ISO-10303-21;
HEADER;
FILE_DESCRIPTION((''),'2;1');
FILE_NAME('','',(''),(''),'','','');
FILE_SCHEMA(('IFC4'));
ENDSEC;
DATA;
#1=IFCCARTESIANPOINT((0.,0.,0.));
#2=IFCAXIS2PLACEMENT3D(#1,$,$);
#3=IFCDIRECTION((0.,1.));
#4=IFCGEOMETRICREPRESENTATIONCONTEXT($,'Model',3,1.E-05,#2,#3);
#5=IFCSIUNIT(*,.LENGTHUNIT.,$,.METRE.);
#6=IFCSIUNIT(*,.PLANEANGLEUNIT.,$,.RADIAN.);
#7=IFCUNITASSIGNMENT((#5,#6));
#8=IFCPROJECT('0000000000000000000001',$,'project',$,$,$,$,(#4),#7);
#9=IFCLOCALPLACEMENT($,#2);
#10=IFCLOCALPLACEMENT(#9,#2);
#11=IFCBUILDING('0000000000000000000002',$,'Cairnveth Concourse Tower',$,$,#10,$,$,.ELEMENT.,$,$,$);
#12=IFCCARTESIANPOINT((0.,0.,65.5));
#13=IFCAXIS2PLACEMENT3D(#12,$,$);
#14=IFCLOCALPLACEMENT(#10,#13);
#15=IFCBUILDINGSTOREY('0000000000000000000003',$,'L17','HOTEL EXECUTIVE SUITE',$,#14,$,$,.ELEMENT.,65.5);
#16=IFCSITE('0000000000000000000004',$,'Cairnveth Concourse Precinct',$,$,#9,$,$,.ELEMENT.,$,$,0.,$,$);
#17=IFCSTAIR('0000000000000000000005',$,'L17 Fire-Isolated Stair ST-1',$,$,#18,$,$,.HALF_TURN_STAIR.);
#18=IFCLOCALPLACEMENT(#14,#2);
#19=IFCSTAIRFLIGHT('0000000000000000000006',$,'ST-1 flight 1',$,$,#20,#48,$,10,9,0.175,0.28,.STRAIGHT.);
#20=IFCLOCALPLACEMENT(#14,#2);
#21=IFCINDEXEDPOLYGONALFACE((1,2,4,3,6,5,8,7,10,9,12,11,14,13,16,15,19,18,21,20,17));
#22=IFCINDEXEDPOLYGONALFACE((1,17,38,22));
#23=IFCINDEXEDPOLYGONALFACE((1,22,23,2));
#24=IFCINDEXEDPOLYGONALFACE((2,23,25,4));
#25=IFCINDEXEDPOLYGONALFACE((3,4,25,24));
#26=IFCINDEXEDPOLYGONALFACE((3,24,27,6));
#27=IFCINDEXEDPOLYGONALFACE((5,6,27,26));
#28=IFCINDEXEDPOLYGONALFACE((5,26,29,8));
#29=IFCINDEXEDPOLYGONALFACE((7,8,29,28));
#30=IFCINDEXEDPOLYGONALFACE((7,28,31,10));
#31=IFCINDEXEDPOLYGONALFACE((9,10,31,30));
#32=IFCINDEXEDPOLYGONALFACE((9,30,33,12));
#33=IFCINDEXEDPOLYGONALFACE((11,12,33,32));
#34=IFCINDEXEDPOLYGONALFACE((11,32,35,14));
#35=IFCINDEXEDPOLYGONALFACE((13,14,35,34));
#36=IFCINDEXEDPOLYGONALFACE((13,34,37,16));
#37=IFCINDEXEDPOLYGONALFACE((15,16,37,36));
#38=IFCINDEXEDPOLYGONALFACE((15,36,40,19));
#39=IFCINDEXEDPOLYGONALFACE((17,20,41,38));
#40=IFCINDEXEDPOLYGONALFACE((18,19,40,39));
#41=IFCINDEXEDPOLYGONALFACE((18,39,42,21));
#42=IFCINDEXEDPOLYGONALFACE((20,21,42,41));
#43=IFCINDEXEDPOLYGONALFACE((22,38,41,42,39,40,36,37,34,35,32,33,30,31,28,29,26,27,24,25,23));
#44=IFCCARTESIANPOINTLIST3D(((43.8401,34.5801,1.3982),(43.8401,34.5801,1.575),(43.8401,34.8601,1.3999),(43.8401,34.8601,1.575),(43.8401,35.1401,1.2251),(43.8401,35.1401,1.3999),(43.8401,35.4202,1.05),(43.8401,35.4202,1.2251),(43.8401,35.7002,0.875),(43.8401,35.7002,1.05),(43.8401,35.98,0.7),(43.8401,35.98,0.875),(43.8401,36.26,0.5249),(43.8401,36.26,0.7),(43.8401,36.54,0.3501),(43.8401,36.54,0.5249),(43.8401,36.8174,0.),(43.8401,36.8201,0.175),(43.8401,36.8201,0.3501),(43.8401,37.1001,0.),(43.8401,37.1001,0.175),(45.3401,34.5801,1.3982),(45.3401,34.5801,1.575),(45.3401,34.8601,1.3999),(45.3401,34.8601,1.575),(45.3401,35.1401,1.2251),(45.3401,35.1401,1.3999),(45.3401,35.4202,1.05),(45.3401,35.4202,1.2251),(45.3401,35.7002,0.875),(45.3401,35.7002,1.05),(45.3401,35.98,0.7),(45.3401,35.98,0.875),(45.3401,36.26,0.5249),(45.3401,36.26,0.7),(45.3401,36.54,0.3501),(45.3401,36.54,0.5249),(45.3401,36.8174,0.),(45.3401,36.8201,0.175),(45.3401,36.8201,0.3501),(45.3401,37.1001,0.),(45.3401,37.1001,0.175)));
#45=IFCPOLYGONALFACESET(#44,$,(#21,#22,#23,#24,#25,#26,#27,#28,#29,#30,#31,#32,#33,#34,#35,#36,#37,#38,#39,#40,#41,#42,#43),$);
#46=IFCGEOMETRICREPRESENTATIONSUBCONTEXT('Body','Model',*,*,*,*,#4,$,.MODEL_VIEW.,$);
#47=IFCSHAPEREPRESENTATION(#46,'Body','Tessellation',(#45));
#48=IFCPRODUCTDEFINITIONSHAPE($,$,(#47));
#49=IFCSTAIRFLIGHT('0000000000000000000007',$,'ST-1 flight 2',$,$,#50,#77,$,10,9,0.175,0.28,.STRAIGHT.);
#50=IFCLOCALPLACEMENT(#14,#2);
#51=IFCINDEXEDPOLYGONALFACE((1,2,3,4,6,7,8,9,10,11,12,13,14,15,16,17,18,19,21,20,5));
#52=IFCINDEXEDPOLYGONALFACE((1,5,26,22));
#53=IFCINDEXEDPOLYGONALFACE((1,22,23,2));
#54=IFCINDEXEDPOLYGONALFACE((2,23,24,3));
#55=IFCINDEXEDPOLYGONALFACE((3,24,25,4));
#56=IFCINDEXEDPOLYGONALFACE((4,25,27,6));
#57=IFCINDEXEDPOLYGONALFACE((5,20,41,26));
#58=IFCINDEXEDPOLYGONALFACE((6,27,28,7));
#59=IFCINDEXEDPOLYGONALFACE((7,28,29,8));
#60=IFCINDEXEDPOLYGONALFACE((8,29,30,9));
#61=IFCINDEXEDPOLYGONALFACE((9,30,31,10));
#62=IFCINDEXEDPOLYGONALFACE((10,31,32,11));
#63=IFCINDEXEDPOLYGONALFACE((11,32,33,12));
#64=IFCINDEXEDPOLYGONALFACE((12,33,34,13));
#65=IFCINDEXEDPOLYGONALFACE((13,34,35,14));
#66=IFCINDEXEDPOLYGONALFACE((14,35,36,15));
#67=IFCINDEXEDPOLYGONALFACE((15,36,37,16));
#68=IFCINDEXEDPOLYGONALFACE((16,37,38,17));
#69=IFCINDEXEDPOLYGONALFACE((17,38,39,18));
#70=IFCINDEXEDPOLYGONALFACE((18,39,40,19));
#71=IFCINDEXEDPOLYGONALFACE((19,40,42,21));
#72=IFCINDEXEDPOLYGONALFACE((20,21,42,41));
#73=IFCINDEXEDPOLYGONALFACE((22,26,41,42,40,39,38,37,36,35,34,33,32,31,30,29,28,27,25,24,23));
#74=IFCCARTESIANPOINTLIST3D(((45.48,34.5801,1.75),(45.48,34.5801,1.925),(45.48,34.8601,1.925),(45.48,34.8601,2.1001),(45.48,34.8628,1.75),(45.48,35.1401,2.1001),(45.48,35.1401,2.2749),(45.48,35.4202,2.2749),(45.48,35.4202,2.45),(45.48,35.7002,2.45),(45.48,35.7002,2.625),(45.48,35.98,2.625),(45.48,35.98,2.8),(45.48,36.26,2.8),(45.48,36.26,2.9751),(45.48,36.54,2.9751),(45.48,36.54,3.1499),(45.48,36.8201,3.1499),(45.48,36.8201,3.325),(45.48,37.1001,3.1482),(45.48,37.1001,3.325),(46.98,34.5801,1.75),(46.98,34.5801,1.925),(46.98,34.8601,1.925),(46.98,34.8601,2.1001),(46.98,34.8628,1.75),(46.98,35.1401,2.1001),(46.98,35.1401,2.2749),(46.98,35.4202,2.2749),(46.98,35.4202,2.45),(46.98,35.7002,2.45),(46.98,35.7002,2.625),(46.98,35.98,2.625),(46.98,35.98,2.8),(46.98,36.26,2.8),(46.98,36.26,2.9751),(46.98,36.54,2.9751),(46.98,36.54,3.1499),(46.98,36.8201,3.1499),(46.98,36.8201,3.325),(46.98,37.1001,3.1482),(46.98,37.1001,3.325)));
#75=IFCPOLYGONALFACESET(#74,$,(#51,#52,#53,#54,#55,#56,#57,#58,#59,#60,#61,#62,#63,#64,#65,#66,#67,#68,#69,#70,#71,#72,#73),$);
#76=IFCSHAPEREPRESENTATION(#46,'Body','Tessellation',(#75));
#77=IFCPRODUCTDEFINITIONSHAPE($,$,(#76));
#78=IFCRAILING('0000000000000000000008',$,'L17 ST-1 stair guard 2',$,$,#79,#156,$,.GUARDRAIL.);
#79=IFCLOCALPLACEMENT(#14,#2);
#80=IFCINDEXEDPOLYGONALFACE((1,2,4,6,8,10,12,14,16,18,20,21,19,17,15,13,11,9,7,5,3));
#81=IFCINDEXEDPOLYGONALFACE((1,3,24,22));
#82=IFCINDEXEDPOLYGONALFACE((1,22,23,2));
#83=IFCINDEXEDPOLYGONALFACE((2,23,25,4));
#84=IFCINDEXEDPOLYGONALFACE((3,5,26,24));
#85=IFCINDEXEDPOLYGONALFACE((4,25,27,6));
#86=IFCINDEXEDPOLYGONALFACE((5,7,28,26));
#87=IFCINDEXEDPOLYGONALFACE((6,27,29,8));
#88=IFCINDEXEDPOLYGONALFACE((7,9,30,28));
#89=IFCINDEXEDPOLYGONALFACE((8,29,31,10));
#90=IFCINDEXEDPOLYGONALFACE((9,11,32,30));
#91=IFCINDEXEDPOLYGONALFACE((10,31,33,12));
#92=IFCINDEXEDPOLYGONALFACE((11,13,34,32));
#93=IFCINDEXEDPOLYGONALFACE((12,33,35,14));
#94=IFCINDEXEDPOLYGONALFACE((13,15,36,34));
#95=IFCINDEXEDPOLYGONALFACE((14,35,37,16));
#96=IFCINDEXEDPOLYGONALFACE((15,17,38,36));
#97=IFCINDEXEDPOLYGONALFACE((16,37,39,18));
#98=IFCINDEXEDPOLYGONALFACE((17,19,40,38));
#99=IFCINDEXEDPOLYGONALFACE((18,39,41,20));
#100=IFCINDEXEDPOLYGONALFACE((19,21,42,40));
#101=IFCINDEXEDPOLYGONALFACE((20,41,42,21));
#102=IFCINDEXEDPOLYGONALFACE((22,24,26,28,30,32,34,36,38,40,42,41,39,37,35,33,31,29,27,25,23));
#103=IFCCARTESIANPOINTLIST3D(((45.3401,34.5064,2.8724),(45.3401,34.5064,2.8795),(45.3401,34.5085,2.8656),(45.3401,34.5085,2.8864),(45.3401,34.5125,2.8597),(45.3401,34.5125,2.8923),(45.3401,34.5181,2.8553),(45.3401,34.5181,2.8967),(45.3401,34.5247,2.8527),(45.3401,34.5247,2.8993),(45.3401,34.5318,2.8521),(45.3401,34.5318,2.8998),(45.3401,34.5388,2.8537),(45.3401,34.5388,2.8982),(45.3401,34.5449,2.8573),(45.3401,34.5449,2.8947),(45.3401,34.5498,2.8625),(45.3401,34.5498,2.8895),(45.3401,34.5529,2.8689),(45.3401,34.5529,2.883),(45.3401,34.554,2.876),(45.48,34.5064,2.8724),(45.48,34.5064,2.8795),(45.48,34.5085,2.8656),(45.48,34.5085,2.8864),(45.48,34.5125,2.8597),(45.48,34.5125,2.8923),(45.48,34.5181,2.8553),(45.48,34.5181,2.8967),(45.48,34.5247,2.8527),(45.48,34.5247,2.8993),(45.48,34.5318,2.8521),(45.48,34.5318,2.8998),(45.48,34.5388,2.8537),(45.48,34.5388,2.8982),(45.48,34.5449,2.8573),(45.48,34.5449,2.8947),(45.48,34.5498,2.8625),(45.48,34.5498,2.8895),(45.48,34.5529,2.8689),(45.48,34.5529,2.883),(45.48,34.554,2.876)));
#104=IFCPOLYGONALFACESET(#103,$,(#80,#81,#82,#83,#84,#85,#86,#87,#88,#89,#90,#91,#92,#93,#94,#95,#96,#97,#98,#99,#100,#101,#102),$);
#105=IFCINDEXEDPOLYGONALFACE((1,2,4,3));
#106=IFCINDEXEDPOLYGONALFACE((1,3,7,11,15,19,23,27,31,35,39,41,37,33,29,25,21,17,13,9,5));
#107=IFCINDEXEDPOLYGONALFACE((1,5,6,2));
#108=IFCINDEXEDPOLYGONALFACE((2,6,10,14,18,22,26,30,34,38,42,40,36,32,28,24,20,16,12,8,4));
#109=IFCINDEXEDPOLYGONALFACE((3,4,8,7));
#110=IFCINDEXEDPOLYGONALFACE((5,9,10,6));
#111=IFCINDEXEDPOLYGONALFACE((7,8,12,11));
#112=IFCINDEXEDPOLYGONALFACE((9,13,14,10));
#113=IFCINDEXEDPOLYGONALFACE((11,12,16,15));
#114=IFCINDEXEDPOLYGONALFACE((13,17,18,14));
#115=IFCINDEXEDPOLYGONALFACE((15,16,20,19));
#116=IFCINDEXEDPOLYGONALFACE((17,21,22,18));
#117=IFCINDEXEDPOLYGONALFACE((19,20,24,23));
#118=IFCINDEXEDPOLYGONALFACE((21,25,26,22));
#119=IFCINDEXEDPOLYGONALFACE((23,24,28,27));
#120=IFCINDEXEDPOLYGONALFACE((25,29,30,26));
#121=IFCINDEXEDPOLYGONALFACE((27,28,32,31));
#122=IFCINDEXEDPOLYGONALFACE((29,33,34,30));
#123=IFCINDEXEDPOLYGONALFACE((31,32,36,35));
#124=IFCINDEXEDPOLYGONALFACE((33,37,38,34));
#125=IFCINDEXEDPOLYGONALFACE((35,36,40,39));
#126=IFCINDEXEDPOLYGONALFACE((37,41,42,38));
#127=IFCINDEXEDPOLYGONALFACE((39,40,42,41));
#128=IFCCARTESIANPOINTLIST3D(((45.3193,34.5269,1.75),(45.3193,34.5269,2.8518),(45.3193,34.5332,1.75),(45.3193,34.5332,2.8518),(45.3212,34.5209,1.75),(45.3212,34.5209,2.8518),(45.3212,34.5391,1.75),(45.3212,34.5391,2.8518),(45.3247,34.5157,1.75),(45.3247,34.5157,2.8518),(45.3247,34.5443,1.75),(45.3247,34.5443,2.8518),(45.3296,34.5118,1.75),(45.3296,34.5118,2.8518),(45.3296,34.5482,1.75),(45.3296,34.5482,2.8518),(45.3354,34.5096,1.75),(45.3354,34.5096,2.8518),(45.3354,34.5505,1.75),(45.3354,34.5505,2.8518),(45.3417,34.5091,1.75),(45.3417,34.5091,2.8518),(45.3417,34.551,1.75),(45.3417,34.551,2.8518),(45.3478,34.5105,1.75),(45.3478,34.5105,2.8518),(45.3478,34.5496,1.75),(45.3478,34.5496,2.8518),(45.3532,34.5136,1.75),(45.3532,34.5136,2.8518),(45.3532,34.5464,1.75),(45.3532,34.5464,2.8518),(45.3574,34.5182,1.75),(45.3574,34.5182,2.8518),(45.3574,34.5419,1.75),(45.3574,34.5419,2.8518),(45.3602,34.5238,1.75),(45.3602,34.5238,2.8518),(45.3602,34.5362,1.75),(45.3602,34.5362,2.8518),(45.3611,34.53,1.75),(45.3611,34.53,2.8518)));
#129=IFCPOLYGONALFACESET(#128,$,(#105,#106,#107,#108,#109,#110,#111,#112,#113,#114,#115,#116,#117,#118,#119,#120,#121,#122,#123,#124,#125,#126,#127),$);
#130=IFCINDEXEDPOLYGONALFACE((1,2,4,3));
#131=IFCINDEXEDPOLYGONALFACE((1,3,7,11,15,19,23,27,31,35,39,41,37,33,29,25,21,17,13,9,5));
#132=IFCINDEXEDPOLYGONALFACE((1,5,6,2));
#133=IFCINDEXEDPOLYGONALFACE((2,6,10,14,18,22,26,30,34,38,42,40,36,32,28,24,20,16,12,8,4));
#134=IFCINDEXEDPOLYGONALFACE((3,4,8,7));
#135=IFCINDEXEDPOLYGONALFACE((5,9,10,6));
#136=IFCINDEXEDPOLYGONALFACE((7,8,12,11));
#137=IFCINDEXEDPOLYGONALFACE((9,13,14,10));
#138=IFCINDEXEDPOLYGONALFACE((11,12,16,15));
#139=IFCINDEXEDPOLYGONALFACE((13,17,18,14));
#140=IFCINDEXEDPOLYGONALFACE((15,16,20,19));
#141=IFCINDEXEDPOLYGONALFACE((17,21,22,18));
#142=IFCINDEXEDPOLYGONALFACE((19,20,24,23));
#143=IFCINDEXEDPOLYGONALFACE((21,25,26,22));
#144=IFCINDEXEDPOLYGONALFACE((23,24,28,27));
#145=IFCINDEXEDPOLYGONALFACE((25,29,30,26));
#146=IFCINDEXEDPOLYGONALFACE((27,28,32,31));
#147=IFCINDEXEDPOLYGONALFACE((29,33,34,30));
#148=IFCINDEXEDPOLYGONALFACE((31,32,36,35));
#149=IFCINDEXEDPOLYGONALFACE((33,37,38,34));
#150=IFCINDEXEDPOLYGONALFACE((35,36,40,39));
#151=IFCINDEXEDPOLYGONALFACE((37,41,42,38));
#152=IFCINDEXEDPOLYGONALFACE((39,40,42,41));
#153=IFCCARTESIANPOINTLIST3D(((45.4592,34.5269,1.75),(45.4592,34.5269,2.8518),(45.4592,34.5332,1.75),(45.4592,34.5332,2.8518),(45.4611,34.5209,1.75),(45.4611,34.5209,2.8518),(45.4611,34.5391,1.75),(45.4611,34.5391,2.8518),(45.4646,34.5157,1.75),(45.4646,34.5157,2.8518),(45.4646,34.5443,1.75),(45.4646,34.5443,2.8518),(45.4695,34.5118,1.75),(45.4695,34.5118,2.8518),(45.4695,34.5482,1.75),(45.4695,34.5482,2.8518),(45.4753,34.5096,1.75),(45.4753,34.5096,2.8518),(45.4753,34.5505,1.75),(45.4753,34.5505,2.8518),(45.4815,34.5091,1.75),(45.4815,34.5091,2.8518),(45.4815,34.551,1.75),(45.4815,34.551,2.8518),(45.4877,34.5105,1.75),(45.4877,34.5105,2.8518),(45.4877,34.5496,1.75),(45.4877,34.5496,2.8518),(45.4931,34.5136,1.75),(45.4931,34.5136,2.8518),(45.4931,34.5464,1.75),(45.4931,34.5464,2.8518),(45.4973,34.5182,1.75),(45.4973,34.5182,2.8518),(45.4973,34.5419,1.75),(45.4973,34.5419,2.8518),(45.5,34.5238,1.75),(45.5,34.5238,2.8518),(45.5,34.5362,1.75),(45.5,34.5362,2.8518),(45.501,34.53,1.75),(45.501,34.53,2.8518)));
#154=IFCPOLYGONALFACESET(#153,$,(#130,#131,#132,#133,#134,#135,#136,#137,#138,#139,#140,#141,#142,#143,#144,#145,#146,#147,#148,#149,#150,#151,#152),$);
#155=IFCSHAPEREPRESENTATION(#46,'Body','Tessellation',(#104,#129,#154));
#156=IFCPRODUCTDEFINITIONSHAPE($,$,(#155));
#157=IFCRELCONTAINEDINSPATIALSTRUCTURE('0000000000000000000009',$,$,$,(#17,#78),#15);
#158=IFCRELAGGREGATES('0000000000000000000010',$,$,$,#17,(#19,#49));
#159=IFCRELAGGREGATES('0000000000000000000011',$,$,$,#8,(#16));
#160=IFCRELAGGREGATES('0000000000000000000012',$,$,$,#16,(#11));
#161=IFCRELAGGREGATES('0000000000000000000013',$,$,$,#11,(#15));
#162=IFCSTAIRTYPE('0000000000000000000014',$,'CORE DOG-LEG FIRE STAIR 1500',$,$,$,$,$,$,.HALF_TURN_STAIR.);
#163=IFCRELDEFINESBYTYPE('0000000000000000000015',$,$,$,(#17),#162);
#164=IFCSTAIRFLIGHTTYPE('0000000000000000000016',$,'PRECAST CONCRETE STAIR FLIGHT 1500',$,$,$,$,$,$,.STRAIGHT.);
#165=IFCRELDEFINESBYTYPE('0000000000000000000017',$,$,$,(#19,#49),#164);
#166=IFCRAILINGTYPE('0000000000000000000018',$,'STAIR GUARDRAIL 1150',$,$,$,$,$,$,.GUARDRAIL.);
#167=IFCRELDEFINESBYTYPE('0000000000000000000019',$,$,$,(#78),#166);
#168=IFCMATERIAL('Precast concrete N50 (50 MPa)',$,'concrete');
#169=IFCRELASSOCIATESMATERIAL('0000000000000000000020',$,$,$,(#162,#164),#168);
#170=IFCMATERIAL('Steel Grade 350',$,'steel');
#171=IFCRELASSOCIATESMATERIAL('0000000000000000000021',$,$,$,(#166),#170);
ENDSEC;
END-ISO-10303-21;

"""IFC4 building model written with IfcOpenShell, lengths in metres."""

from ifc_helpers import new_model, si_unit, direction, frame, origin, origin_2d, place, context, subcontext, project, spatial, polyline, circle, outline, extrude, material, type_object, element, aggregate, save


model = new_model("IFC4")

# Units and contexts
model_context = context("Model", 3, precision=1e-05, world=origin(), true_north=direction((0.0, 1.0)))
body_context = subcontext(model_context, "Body", "Model", "MODEL_VIEW")
ifc_project = project(units=[si_unit("LENGTHUNIT", "METRE"), si_unit("PLANEANGLEUNIT", "RADIAN")], contexts=[model_context])

# Site, building, storey
site_placement = place(None, origin())
site = spatial("IfcSite", under=ifc_project, at=site_placement, Name="Cairnveth Concourse Precinct", CompositionType="ELEMENT", RefElevation=0.0)
building_placement = place(site_placement, origin())
building = spatial("IfcBuilding", under=site, at=building_placement, Name="Cairnveth Concourse Tower", CompositionType="ELEMENT")
storey_placement = place(building_placement, frame((0.0, 0.0, 65.5)))
storey = spatial("IfcBuildingStorey", under=building, at=storey_placement, Name="L17", Description="HOTEL EXECUTIVE SUITE", CompositionType="ELEMENT", Elevation=65.5)

# Stair, stair flights
ifc_material_1 = material(Name="Precast concrete N50 (50 MPa)", Category="concrete")
stair_type = type_object("IfcStairType", Name="CORE DOG-LEG FIRE STAIR 1500", PredefinedType="HALF_TURN_STAIR", material=ifc_material_1)
stair_placement = place(storey_placement, origin())
stair = element("IfcStair", 1, at=stair_placement, inside=storey, type_object=stair_type, Name="L17 Fire-Isolated Stair ST-1", PredefinedType="HALF_TURN_STAIR")
stair_flight_type = type_object("IfcStairFlightType", Name="PRECAST CONCRETE STAIR FLIGHT 1500", PredefinedType="STRAIGHT", material=ifc_material_1)
stair_flight_1_placement = place(storey_placement, frame((44.5901, 37.1001, 0.0), z_axis=(0.0, 0.0, 1.0), x_axis=(0.0, -1.0, 0.0)))
stair_flight_1 = element("IfcStairFlight", 2, at=stair_flight_1_placement, type_object=stair_flight_type, Name="ST-1 flight 1", NumberOfRisers=10, NumberOfTreads=9, PredefinedType="STRAIGHT", RiserHeight=0.175, TreadLength=0.28, context=body_context, shape_type="SweptSolid", body=[
    extrude(outline(polyline([(0.0, 0.0), (0.0, 0.175), (0.28, 0.175), (0.28, 0.3501), (0.5601, 0.3501), (0.5601, 0.5249), (0.8401, 0.5249), (0.8401, 0.7), (1.1201, 0.7), (1.1201, 0.875), (1.3999, 0.875), (1.3999, 1.05), (1.6799, 1.05), (1.6799, 1.2251), (1.96, 1.2251), (1.96, 1.3999), (2.24, 1.3999), (2.24, 1.575), (2.52, 1.575), (2.52, 1.75), (2.52, 1.3982), (0.2827, 0.0), (0.0, 0.0)])), frame((0.0, 0.75, 0.0), z_axis=(0.0, -1.0, 0.0), x_axis=(1.0, 0.0, 0.0)), (0.0, 0.0, 1.0), 1.5),
])
stair_flight_2_placement = place(storey_placement, frame((46.23, 34.5801, 1.75), z_axis=(0.0, 0.0, 1.0), x_axis=(0.0, 1.0, 0.0)))
stair_flight_2 = element("IfcStairFlight", 3, at=stair_flight_2_placement, type_object=stair_flight_type, Name="ST-1 flight 2", NumberOfRisers=10, NumberOfTreads=9, PredefinedType="STRAIGHT", RiserHeight=0.175, TreadLength=0.28, context=body_context, shape_type="SweptSolid", body=[
    extrude(outline(polyline([(0.0, 0.0), (0.0, 0.175), (0.28, 0.175), (0.28, 0.3501), (0.5601, 0.3501), (0.5601, 0.5249), (0.8401, 0.5249), (0.8401, 0.7), (1.1201, 0.7), (1.1201, 0.875), (1.3999, 0.875), (1.3999, 1.05), (1.6799, 1.05), (1.6799, 1.2251), (1.96, 1.2251), (1.96, 1.3999), (2.24, 1.3999), (2.24, 1.575), (2.52, 1.575), (2.52, 1.75), (2.52, 1.3982), (0.2827, 0.0), (0.0, 0.0)])), frame((0.0, 0.75, 0.0), z_axis=(0.0, -1.0, 0.0), x_axis=(1.0, 0.0, 0.0)), (0.0, 0.0, 1.0), 1.5),
])
aggregate(stair, [stair_flight_1, stair_flight_2])

# Railing
ifc_material_2 = material(Name="Steel Grade 350", Category="steel")
railing_type_1 = type_object("IfcRailingType", Name="STAIR GUARDRAIL 1150", PredefinedType="GUARDRAIL", material=ifc_material_2)
railing_1_placement = place(storey_placement, frame((45.3401, 34.53, 1.75)))
element("IfcRailing", 4, at=railing_1_placement, inside=storey, type_object=railing_type_1, Name="L17 ST-1 stair guard 2", PredefinedType="GUARDRAIL", context=body_context, shape_type="SweptSolid", body=[
    extrude(circle(Radius=0.0239, at=origin_2d()), frame((0.0, 0.0, 1.126), z_axis=(1.0, 0.0, 0.0), x_axis=(0.0, 1.0, 0.0)), (0.0, 0.0, 1.0), 0.1399),
    extrude(circle(Radius=0.021, at=origin_2d()), origin(), (0.0, 0.0, 1.0), 1.1018),
    extrude(circle(Radius=0.021, at=origin_2d()), frame((0.1399, 0.0, 0.0)), (0.0, 0.0, 1.0), 1.1018),
])

save(model, "model.ifc")
